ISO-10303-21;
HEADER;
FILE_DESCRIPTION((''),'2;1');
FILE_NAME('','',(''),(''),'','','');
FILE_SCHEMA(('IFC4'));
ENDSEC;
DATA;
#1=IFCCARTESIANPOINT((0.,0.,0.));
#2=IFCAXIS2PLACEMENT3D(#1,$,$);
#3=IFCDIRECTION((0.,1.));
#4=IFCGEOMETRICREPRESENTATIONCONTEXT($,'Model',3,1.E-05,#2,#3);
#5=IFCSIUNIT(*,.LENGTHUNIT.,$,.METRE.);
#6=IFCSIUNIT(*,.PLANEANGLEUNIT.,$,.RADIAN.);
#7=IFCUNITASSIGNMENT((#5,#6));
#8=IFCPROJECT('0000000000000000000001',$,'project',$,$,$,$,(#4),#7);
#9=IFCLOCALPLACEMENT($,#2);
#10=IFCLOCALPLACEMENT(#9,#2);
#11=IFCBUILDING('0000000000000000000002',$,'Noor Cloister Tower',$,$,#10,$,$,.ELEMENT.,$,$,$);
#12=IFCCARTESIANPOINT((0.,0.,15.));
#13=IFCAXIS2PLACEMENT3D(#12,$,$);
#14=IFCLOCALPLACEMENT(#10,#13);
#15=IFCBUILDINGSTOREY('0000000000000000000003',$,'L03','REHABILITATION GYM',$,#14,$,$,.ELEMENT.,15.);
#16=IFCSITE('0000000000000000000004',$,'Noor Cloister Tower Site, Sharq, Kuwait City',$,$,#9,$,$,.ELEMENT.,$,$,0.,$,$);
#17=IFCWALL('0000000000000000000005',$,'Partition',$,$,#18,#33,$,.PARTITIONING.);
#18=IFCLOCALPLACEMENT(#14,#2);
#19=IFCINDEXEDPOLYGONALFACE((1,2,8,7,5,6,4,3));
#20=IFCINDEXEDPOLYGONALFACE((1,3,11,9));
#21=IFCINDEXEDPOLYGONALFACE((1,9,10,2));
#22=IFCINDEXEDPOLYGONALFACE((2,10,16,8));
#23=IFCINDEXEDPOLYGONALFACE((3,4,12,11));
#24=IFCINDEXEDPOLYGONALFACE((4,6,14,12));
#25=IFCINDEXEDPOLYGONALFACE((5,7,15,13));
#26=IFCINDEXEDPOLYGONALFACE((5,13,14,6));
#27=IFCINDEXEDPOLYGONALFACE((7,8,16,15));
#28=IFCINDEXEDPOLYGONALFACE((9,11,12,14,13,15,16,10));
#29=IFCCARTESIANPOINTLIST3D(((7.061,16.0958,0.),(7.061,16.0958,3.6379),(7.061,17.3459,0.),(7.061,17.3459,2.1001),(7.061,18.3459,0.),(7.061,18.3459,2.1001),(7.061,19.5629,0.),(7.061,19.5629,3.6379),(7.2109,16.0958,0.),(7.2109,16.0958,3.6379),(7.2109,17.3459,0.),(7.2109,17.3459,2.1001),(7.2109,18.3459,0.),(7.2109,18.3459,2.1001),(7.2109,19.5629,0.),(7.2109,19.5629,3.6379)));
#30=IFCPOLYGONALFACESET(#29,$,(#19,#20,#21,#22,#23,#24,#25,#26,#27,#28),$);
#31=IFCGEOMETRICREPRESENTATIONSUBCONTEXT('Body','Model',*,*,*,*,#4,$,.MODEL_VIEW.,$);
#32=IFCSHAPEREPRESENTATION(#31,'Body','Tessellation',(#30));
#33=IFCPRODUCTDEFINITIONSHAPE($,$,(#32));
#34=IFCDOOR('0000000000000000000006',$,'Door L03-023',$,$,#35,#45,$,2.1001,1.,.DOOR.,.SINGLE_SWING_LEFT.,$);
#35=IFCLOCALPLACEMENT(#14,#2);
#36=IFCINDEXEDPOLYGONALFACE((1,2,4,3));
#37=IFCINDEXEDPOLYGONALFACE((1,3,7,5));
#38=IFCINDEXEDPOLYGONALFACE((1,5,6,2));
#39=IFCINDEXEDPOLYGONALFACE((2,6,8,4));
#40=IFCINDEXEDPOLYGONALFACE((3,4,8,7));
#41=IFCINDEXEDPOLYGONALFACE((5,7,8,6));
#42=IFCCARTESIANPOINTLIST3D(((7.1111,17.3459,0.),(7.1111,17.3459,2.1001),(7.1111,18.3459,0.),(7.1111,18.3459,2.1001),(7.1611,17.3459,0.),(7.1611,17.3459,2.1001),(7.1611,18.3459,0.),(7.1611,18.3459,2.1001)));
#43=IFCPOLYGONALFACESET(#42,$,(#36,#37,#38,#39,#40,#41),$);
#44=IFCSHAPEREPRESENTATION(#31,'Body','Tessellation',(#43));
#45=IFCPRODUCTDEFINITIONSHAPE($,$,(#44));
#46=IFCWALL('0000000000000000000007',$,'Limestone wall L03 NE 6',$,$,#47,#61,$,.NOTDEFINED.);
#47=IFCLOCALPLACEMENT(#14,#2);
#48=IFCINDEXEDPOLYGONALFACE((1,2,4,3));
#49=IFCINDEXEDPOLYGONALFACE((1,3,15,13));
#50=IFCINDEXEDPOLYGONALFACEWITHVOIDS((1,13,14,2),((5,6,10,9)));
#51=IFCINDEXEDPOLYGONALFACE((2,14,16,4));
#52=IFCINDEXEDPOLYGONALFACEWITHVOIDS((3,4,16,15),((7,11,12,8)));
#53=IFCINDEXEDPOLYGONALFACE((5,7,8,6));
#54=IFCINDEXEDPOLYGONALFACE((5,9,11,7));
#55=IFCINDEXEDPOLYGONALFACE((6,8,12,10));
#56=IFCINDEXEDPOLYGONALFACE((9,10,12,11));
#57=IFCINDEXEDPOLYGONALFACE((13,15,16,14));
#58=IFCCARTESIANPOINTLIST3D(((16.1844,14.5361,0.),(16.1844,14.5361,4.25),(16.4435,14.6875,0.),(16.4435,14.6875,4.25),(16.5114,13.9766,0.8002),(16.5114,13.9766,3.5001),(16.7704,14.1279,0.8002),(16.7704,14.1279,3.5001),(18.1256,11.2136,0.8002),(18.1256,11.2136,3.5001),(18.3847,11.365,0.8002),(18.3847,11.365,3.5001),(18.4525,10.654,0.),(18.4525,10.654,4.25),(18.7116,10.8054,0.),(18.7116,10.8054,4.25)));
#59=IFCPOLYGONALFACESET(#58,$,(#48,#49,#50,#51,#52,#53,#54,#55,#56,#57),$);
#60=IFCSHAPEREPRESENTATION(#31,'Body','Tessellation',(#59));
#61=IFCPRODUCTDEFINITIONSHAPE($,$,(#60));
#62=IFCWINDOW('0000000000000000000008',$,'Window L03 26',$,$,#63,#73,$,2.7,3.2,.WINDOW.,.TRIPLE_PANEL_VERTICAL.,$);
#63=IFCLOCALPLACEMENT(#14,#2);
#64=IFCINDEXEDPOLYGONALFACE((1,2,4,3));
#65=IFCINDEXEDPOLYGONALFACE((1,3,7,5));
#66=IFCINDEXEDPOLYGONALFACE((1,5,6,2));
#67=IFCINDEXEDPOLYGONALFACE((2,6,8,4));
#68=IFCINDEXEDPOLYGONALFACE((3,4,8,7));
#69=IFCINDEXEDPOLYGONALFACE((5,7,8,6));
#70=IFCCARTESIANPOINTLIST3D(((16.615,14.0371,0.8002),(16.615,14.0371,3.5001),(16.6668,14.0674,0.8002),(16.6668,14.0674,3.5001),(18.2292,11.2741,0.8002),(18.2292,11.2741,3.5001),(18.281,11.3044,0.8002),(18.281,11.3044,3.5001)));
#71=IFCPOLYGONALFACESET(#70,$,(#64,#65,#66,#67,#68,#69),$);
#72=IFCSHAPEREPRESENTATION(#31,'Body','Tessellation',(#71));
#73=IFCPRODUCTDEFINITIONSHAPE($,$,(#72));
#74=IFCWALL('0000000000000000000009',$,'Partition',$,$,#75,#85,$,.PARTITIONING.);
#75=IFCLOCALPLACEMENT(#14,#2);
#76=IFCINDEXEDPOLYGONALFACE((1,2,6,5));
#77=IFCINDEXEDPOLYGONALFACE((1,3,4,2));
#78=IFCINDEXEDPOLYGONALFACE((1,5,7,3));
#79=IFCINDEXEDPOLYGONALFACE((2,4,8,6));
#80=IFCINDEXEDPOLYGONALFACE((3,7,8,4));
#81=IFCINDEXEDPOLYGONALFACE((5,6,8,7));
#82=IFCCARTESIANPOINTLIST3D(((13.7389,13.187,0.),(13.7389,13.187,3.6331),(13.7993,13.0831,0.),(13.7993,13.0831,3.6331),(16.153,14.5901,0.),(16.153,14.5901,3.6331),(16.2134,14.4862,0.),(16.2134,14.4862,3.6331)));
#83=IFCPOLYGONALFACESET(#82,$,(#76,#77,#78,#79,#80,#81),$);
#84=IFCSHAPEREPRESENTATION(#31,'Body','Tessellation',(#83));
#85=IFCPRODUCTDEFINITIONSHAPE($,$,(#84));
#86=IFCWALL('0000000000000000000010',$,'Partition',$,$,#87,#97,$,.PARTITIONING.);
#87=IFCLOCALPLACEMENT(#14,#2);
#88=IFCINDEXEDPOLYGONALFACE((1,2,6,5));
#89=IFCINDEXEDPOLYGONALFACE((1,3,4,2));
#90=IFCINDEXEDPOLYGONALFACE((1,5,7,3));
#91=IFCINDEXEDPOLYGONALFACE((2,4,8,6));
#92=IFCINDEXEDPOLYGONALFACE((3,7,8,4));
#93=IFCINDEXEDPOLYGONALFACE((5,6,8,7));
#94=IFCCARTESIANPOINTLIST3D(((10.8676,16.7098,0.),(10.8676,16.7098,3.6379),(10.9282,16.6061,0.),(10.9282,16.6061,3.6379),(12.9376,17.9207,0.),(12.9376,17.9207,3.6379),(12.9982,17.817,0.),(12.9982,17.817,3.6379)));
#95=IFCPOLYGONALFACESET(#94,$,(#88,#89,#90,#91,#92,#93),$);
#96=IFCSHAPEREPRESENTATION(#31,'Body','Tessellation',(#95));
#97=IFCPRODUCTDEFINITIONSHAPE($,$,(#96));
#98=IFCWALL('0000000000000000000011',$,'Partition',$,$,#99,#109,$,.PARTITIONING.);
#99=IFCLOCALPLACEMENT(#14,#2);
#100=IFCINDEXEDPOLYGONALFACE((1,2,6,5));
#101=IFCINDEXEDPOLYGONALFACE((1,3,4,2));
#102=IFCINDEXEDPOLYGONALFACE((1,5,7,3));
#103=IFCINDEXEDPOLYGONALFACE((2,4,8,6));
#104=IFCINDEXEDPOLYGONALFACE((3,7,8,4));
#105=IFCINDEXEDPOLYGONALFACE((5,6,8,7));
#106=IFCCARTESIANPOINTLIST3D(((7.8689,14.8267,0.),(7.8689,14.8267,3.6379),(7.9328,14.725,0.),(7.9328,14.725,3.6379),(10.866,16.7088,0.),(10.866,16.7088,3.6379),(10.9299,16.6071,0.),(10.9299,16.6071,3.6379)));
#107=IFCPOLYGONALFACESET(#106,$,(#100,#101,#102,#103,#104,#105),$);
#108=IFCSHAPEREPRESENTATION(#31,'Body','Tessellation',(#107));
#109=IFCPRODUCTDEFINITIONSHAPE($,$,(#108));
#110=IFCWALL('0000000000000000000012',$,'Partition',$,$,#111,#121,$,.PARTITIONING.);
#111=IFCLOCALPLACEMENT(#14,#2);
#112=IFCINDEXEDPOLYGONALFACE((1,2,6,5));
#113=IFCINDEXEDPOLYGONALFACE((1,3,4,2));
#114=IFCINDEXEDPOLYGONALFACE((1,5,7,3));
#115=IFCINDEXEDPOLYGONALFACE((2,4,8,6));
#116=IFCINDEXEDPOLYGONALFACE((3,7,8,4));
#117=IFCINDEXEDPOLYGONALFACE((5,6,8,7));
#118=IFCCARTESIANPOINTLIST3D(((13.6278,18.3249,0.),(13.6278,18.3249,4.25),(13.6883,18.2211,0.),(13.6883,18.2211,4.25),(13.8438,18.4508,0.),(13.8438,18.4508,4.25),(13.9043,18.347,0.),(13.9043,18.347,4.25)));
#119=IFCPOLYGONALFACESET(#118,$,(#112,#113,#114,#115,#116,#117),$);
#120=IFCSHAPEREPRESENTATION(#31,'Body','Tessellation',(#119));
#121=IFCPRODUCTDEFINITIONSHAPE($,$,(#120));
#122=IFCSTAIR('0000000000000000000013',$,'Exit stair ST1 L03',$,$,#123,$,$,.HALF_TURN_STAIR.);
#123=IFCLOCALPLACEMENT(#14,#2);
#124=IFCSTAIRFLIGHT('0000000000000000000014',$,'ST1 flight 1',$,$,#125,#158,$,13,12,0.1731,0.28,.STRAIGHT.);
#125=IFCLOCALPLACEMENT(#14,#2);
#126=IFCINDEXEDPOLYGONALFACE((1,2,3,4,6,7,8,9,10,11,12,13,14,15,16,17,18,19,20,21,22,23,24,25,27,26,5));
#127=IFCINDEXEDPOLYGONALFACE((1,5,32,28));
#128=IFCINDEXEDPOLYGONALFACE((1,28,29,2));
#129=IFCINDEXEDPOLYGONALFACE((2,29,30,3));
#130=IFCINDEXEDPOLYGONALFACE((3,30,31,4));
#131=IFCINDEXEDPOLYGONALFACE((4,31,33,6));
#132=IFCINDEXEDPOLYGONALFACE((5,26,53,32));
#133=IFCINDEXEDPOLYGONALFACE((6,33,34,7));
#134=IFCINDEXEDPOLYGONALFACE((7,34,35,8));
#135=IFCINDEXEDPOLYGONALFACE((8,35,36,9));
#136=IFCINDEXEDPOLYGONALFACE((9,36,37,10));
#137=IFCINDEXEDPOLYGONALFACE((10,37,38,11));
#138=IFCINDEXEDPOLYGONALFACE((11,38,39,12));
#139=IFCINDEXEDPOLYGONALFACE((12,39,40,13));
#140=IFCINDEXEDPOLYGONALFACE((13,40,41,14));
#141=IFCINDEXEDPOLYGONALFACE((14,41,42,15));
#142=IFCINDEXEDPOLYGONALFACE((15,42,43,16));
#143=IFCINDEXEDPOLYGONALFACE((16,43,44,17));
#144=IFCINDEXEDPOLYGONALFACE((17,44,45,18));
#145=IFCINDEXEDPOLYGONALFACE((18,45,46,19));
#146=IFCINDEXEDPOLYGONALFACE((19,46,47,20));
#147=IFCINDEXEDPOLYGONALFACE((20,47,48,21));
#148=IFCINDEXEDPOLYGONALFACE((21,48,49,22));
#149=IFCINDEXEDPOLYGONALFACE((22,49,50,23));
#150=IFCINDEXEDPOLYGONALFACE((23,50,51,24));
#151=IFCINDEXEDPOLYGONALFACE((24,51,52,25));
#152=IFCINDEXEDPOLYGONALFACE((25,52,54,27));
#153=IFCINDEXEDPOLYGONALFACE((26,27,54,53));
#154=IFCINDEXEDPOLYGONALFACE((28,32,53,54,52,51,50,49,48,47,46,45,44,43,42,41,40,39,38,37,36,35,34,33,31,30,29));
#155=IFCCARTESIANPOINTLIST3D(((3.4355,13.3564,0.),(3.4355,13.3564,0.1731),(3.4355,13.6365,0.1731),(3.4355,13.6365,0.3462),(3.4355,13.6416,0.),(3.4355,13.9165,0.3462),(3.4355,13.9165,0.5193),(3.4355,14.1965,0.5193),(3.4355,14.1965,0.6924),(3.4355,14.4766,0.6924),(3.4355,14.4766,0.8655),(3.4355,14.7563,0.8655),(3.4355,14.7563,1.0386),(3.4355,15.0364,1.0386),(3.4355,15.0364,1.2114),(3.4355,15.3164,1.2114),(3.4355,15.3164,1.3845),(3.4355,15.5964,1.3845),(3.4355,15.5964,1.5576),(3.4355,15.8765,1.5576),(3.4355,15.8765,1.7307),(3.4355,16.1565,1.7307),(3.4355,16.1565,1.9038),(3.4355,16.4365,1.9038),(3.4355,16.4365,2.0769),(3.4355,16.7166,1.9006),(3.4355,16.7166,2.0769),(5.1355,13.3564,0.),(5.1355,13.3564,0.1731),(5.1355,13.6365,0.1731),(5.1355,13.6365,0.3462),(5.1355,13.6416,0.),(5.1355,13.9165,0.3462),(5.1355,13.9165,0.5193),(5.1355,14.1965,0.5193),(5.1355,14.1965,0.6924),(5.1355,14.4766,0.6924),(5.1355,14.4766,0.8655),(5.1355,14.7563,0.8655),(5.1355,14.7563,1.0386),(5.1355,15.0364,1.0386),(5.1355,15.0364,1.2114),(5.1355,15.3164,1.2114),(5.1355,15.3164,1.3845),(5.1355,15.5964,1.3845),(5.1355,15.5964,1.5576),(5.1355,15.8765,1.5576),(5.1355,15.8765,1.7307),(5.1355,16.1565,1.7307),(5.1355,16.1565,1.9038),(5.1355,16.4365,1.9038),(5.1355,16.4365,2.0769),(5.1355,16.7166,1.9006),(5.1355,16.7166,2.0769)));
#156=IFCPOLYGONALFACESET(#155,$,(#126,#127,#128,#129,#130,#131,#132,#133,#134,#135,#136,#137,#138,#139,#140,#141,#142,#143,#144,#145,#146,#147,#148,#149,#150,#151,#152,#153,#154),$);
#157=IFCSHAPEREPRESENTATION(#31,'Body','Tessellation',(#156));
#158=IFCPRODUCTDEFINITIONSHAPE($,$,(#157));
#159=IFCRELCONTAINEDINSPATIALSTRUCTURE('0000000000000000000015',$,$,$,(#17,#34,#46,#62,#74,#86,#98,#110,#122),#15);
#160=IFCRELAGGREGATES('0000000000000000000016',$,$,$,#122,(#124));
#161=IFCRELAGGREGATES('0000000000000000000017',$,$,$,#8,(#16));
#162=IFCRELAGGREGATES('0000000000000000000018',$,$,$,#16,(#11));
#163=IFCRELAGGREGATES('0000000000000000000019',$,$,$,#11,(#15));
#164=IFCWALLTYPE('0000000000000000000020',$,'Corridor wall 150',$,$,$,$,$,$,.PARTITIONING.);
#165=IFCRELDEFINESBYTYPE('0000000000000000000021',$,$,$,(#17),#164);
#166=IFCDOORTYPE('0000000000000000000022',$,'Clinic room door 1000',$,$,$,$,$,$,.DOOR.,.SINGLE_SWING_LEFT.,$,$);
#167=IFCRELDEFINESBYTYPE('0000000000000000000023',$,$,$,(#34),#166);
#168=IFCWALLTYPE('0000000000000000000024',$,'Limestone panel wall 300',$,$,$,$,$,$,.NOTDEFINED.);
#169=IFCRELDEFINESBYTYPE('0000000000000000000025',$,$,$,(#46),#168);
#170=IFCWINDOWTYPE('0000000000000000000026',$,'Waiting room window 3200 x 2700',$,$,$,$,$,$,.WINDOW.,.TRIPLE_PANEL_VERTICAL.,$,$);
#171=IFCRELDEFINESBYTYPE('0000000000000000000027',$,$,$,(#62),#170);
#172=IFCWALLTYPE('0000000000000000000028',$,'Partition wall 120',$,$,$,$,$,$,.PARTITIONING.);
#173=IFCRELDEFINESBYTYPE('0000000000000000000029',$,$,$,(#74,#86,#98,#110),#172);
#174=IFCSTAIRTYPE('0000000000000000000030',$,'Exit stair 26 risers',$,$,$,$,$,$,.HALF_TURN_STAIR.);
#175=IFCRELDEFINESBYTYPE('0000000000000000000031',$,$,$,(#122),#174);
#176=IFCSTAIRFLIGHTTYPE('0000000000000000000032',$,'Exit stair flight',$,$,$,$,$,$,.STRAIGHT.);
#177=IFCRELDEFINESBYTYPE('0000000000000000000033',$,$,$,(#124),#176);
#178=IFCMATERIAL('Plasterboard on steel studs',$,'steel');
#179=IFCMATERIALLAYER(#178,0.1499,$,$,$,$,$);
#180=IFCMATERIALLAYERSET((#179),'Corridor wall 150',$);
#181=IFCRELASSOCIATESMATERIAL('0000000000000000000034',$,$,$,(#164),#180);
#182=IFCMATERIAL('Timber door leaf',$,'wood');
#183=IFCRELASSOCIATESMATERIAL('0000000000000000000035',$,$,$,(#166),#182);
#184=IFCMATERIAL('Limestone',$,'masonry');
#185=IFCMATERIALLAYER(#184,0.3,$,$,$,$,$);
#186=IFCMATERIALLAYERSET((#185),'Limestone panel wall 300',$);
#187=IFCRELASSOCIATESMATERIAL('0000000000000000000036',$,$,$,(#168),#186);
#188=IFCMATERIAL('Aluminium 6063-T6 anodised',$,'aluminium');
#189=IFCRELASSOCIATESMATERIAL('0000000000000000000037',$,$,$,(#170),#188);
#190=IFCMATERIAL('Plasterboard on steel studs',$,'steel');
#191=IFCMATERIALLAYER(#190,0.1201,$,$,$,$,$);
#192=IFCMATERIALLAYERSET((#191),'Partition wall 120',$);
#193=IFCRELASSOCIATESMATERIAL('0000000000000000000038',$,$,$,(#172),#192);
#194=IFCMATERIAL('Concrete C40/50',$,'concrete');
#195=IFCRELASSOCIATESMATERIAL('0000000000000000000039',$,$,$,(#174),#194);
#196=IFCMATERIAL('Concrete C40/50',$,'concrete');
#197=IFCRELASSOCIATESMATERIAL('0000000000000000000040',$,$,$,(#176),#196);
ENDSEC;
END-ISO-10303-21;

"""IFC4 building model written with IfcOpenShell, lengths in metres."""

from ifc_helpers import new_model, si_unit, direction, frame, frame_2d, origin, place, context, subcontext, project, spatial, polyline, rectangle, outline, extrude, material, layer, layer_set, type_object, element, fill, aggregate, save


model = new_model("IFC4")

# Units and contexts
model_context = context("Model", 3, precision=1e-05, world=origin(), true_north=direction((0.0, 1.0)))
body_context = subcontext(model_context, "Body", "Model", "MODEL_VIEW")
ifc_project = project(units=[si_unit("LENGTHUNIT", "METRE"), si_unit("PLANEANGLEUNIT", "RADIAN")], contexts=[model_context])

# Site, building, storey
site_placement = place(None, origin())
site = spatial("IfcSite", under=ifc_project, at=site_placement, Name="Noor Cloister Tower Site, Sharq, Kuwait City", CompositionType="ELEMENT", RefElevation=0.0)
building_placement = place(site_placement, origin())
building = spatial("IfcBuilding", under=site, at=building_placement, Name="Noor Cloister Tower", CompositionType="ELEMENT")
storey_placement = place(building_placement, frame((0.0, 0.0, 15.0)))
storey = spatial("IfcBuildingStorey", under=building, at=storey_placement, Name="L03", Description="REHABILITATION GYM", CompositionType="ELEMENT", Elevation=15.0)

# Shared definitions
ifc_material_1 = material(Name="Plasterboard on steel studs", Category="steel")
ifc_layer_1 = layer(ifc_material_1, 0.1499)
ifc_layer_set_1 = layer_set([ifc_layer_1], Name="Corridor wall 150")
wall_type_1 = type_object("IfcWallType", Name="Corridor wall 150", PredefinedType="PARTITIONING", material=ifc_layer_set_1)

# Wall, opening, door
wall_1_placement = place(storey_placement, frame((7.136, 16.0959, 0.0), z_axis=(0.0, 0.0, 1.0), x_axis=(0.0, 1.0, 0.0)))
wall_1 = element("IfcWall", 1, at=wall_1_placement, inside=storey, type_object=wall_type_1, Name="Partition", PredefinedType="PARTITIONING", context=body_context, shape_type="SweptSolid", body=[
    extrude(rectangle(XDim=3.467, YDim=0.1499, at=frame_2d((1.7334, 0.0))), origin(), (0.0, 0.0, 1.0), 3.6379),
])
opening_1_placement = place(wall_1_placement, frame((1.25, 0.0, 0.0)))
opening_1 = element("IfcOpeningElement", 2, at=opening_1_placement, cuts=wall_1, PredefinedType="OPENING", context=body_context, shape_type="SweptSolid", body=[
    extrude(rectangle(XDim=1.0, YDim=2.1001, at=frame_2d((0.5, 1.05))), frame((0.0, 0.085, 0.0), z_axis=(0.0, -1.0, 0.0), x_axis=(1.0, 0.0, 0.0)), (0.0, 0.0, 1.0), 0.1699),
])
ifc_material_2 = material(Name="Timber door leaf", Category="wood")
door_type = type_object("IfcDoorType", Name="Clinic room door 1000", OperationType="SINGLE_SWING_LEFT", PredefinedType="DOOR", material=ifc_material_2)
door_placement = place(opening_1_placement, origin())
door = element("IfcDoor", 3, at=door_placement, inside=storey, type_object=door_type, Name="Door L03-023", OperationType="SINGLE_SWING_LEFT", OverallHeight=2.1001, OverallWidth=1.0, PredefinedType="DOOR", context=body_context, shape_type="SweptSolid", body=[
    extrude(rectangle(XDim=1.0, YDim=2.1001, at=frame_2d((0.5, 1.05))), frame((0.0, 0.0249, 0.0), z_axis=(0.0, -1.0, 0.0), x_axis=(1.0, 0.0, 0.0)), (0.0, 0.0, 1.0), 0.05),
])
fill(opening_1, door)

# Wall, opening, window
ifc_material_3 = material(Name="Limestone", Category="masonry")
ifc_layer_2 = layer(ifc_material_3, 0.3)
ifc_layer_set_2 = layer_set([ifc_layer_2], Name="Limestone panel wall 300")
wall_type_2 = type_object("IfcWallType", Name="Limestone panel wall 300", PredefinedType="NOTDEFINED", material=ifc_layer_set_2)
wall_2_placement = place(storey_placement, frame((16.314, 14.6118, 0.0), z_axis=(0.0, 0.0, 1.0), x_axis=(0.504455, -0.863438, 0.0)))
wall_2 = element("IfcWall", 4, at=wall_2_placement, inside=storey, type_object=wall_type_2, Name="Limestone wall L03 NE 6", PredefinedType="NOTDEFINED", context=body_context, shape_type="SweptSolid", body=[
    extrude(rectangle(XDim=4.4961, YDim=0.3, at=frame_2d((2.248, 0.0))), origin(), (0.0, 0.0, 1.0), 4.25),
])
opening_2_placement = place(wall_2_placement, frame((0.6479, 0.0, 0.8)))
opening_2 = element("IfcOpeningElement", 5, at=opening_2_placement, cuts=wall_2, PredefinedType="OPENING", context=body_context, shape_type="SweptSolid", body=[
    extrude(rectangle(XDim=3.2, YDim=2.7, at=frame_2d((1.6001, 1.3501))), frame((0.0, 0.1602, 0.0), z_axis=(0.0, -1.0, 0.0), x_axis=(1.0, 0.0, 0.0)), (0.0, 0.0, 1.0), 0.3201),
])
ifc_material_4 = material(Name="Aluminium 6063-T6 anodised", Category="aluminium")
window_type = type_object("IfcWindowType", Name="Waiting room window 3200 x 2700", PartitioningType="TRIPLE_PANEL_VERTICAL", PredefinedType="WINDOW", material=ifc_material_4)
window_placement = place(opening_2_placement, origin())
window = element("IfcWindow", 6, at=window_placement, inside=storey, type_object=window_type, Name="Window L03 26", OverallHeight=2.7, OverallWidth=3.2, PartitioningType="TRIPLE_PANEL_VERTICAL", PredefinedType="WINDOW", context=body_context, shape_type="SweptSolid", body=[
    extrude(rectangle(XDim=3.2, YDim=2.7, at=frame_2d((1.6001, 1.3501))), frame((0.0, 0.03, 0.0), z_axis=(0.0, -1.0, 0.0), x_axis=(1.0, 0.0, 0.0)), (0.0, 0.0, 1.0), 0.0601),
])
fill(opening_2, window)

# Walls
ifc_material_5 = material(Name="Plasterboard on steel studs", Category="steel")
ifc_layer_3 = layer(ifc_material_5, 0.1201)
ifc_layer_set_3 = layer_set([ifc_layer_3], Name="Partition wall 120")
wall_type_3 = type_object("IfcWallType", Name="Partition wall 120", PredefinedType="PARTITIONING", material=ifc_layer_set_3)
wall_3_placement = place(storey_placement, frame((16.1831, 14.5381, 0.0), z_axis=(0.0, 0.0, 1.0), x_axis=(-0.864577, -0.5025, 0.0)))
element("IfcWall", 7, at=wall_3_placement, inside=storey, type_object=wall_type_3, Name="Partition", PredefinedType="PARTITIONING", context=body_context, shape_type="SweptSolid", body=[
    extrude(rectangle(XDim=2.7922, YDim=0.1201, at=frame_2d((1.396, 0.0))), origin(), (0.0, 0.0, 1.0), 3.6331),
])
wall_4_placement = place(storey_placement, frame((12.968, 17.8689, 0.0), z_axis=(0.0, 0.0, 1.0), x_axis=(-0.863162, -0.504928, 0.0)))
element("IfcWall", 8, at=wall_4_placement, inside=storey, type_object=wall_type_3, Name="Partition", PredefinedType="PARTITIONING", context=body_context, shape_type="SweptSolid", body=[
    extrude(rectangle(XDim=2.3982, YDim=0.1201, at=frame_2d((1.1992, 0.0))), origin(), (0.0, 0.0, 1.0), 3.6379),
])
wall_5_placement = place(storey_placement, frame((10.8979, 16.658, 0.0), z_axis=(0.0, 0.0, 1.0), x_axis=(-0.846865, -0.531808, 0.0)))
element("IfcWall", 9, at=wall_5_placement, inside=storey, type_object=wall_type_3, Name="Partition", PredefinedType="PARTITIONING", context=body_context, shape_type="SweptSolid", body=[
    extrude(rectangle(XDim=3.5391, YDim=0.1201, at=frame_2d((1.7695, 0.0))), origin(), (0.0, 0.0, 1.0), 3.6379),
])
wall_6_placement = place(storey_placement, frame((13.874, 18.3989, 0.0), z_axis=(0.0, 0.0, 1.0), x_axis=(-0.863885, -0.503689, 0.0)))
element("IfcWall", 10, at=wall_6_placement, inside=storey, type_object=wall_type_3, Name="Partition", PredefinedType="PARTITIONING", context=body_context, shape_type="SweptSolid", body=[
    extrude(rectangle(XDim=0.25, YDim=0.1201, at=frame_2d((0.125, 0.0))), origin(), (0.0, 0.0, 1.0), 4.25),
])

# Stair, stair flight
ifc_material_6 = material(Name="Concrete C40/50", Category="concrete")
stair_type = type_object("IfcStairType", Name="Exit stair 26 risers", PredefinedType="HALF_TURN_STAIR", material=ifc_material_6)
stair_placement = place(storey_placement, origin())
stair = element("IfcStair", 11, at=stair_placement, inside=storey, type_object=stair_type, Name="Exit stair ST1 L03", PredefinedType="HALF_TURN_STAIR")
ifc_material_7 = material(Name="Concrete C40/50", Category="concrete")
stair_flight_type = type_object("IfcStairFlightType", Name="Exit stair flight", PredefinedType="STRAIGHT", material=ifc_material_7)
stair_flight_1_placement = place(storey_placement, frame((4.2856, 13.3564, 0.0), z_axis=(0.0, 0.0, 1.0), x_axis=(0.0, 1.0, 0.0)))
stair_flight_1 = element("IfcStairFlight", 12, at=stair_flight_1_placement, type_object=stair_flight_type, Name="ST1 flight 1", NumberOfRisers=13, NumberOfTreads=12, PredefinedType="STRAIGHT", RiserHeight=0.1731, TreadLength=0.28, context=body_context, shape_type="SweptSolid", body=[
    extrude(outline(polyline([(0.0, 0.0), (0.0, 0.1731), (0.28, 0.1731), (0.28, 0.3462), (0.5601, 0.3462), (0.5601, 0.5193), (0.8401, 0.5193), (0.8401, 0.6924), (1.1201, 0.6924), (1.1201, 0.8655), (1.3999, 0.8655), (1.3999, 1.0386), (1.6799, 1.0386), (1.6799, 1.2114), (1.96, 1.2114), (1.96, 1.3845), (2.24, 1.3845), (2.24, 1.5576), (2.52, 1.5576), (2.52, 1.7307), (2.8, 1.7307), (2.8, 1.9038), (3.0801, 1.9038), (3.0801, 2.0769), (3.3601, 2.0769), (3.3601, 2.25), (3.3601, 1.9006), (0.2852, 0.0), (0.0, 0.0)])), frame((0.0, 0.8501, 0.0), z_axis=(0.0, -1.0, 0.0), x_axis=(1.0, 0.0, 0.0)), (0.0, 0.0, 1.0), 1.7),
])
aggregate(stair, [stair_flight_1])

save(model, "model.ifc")
